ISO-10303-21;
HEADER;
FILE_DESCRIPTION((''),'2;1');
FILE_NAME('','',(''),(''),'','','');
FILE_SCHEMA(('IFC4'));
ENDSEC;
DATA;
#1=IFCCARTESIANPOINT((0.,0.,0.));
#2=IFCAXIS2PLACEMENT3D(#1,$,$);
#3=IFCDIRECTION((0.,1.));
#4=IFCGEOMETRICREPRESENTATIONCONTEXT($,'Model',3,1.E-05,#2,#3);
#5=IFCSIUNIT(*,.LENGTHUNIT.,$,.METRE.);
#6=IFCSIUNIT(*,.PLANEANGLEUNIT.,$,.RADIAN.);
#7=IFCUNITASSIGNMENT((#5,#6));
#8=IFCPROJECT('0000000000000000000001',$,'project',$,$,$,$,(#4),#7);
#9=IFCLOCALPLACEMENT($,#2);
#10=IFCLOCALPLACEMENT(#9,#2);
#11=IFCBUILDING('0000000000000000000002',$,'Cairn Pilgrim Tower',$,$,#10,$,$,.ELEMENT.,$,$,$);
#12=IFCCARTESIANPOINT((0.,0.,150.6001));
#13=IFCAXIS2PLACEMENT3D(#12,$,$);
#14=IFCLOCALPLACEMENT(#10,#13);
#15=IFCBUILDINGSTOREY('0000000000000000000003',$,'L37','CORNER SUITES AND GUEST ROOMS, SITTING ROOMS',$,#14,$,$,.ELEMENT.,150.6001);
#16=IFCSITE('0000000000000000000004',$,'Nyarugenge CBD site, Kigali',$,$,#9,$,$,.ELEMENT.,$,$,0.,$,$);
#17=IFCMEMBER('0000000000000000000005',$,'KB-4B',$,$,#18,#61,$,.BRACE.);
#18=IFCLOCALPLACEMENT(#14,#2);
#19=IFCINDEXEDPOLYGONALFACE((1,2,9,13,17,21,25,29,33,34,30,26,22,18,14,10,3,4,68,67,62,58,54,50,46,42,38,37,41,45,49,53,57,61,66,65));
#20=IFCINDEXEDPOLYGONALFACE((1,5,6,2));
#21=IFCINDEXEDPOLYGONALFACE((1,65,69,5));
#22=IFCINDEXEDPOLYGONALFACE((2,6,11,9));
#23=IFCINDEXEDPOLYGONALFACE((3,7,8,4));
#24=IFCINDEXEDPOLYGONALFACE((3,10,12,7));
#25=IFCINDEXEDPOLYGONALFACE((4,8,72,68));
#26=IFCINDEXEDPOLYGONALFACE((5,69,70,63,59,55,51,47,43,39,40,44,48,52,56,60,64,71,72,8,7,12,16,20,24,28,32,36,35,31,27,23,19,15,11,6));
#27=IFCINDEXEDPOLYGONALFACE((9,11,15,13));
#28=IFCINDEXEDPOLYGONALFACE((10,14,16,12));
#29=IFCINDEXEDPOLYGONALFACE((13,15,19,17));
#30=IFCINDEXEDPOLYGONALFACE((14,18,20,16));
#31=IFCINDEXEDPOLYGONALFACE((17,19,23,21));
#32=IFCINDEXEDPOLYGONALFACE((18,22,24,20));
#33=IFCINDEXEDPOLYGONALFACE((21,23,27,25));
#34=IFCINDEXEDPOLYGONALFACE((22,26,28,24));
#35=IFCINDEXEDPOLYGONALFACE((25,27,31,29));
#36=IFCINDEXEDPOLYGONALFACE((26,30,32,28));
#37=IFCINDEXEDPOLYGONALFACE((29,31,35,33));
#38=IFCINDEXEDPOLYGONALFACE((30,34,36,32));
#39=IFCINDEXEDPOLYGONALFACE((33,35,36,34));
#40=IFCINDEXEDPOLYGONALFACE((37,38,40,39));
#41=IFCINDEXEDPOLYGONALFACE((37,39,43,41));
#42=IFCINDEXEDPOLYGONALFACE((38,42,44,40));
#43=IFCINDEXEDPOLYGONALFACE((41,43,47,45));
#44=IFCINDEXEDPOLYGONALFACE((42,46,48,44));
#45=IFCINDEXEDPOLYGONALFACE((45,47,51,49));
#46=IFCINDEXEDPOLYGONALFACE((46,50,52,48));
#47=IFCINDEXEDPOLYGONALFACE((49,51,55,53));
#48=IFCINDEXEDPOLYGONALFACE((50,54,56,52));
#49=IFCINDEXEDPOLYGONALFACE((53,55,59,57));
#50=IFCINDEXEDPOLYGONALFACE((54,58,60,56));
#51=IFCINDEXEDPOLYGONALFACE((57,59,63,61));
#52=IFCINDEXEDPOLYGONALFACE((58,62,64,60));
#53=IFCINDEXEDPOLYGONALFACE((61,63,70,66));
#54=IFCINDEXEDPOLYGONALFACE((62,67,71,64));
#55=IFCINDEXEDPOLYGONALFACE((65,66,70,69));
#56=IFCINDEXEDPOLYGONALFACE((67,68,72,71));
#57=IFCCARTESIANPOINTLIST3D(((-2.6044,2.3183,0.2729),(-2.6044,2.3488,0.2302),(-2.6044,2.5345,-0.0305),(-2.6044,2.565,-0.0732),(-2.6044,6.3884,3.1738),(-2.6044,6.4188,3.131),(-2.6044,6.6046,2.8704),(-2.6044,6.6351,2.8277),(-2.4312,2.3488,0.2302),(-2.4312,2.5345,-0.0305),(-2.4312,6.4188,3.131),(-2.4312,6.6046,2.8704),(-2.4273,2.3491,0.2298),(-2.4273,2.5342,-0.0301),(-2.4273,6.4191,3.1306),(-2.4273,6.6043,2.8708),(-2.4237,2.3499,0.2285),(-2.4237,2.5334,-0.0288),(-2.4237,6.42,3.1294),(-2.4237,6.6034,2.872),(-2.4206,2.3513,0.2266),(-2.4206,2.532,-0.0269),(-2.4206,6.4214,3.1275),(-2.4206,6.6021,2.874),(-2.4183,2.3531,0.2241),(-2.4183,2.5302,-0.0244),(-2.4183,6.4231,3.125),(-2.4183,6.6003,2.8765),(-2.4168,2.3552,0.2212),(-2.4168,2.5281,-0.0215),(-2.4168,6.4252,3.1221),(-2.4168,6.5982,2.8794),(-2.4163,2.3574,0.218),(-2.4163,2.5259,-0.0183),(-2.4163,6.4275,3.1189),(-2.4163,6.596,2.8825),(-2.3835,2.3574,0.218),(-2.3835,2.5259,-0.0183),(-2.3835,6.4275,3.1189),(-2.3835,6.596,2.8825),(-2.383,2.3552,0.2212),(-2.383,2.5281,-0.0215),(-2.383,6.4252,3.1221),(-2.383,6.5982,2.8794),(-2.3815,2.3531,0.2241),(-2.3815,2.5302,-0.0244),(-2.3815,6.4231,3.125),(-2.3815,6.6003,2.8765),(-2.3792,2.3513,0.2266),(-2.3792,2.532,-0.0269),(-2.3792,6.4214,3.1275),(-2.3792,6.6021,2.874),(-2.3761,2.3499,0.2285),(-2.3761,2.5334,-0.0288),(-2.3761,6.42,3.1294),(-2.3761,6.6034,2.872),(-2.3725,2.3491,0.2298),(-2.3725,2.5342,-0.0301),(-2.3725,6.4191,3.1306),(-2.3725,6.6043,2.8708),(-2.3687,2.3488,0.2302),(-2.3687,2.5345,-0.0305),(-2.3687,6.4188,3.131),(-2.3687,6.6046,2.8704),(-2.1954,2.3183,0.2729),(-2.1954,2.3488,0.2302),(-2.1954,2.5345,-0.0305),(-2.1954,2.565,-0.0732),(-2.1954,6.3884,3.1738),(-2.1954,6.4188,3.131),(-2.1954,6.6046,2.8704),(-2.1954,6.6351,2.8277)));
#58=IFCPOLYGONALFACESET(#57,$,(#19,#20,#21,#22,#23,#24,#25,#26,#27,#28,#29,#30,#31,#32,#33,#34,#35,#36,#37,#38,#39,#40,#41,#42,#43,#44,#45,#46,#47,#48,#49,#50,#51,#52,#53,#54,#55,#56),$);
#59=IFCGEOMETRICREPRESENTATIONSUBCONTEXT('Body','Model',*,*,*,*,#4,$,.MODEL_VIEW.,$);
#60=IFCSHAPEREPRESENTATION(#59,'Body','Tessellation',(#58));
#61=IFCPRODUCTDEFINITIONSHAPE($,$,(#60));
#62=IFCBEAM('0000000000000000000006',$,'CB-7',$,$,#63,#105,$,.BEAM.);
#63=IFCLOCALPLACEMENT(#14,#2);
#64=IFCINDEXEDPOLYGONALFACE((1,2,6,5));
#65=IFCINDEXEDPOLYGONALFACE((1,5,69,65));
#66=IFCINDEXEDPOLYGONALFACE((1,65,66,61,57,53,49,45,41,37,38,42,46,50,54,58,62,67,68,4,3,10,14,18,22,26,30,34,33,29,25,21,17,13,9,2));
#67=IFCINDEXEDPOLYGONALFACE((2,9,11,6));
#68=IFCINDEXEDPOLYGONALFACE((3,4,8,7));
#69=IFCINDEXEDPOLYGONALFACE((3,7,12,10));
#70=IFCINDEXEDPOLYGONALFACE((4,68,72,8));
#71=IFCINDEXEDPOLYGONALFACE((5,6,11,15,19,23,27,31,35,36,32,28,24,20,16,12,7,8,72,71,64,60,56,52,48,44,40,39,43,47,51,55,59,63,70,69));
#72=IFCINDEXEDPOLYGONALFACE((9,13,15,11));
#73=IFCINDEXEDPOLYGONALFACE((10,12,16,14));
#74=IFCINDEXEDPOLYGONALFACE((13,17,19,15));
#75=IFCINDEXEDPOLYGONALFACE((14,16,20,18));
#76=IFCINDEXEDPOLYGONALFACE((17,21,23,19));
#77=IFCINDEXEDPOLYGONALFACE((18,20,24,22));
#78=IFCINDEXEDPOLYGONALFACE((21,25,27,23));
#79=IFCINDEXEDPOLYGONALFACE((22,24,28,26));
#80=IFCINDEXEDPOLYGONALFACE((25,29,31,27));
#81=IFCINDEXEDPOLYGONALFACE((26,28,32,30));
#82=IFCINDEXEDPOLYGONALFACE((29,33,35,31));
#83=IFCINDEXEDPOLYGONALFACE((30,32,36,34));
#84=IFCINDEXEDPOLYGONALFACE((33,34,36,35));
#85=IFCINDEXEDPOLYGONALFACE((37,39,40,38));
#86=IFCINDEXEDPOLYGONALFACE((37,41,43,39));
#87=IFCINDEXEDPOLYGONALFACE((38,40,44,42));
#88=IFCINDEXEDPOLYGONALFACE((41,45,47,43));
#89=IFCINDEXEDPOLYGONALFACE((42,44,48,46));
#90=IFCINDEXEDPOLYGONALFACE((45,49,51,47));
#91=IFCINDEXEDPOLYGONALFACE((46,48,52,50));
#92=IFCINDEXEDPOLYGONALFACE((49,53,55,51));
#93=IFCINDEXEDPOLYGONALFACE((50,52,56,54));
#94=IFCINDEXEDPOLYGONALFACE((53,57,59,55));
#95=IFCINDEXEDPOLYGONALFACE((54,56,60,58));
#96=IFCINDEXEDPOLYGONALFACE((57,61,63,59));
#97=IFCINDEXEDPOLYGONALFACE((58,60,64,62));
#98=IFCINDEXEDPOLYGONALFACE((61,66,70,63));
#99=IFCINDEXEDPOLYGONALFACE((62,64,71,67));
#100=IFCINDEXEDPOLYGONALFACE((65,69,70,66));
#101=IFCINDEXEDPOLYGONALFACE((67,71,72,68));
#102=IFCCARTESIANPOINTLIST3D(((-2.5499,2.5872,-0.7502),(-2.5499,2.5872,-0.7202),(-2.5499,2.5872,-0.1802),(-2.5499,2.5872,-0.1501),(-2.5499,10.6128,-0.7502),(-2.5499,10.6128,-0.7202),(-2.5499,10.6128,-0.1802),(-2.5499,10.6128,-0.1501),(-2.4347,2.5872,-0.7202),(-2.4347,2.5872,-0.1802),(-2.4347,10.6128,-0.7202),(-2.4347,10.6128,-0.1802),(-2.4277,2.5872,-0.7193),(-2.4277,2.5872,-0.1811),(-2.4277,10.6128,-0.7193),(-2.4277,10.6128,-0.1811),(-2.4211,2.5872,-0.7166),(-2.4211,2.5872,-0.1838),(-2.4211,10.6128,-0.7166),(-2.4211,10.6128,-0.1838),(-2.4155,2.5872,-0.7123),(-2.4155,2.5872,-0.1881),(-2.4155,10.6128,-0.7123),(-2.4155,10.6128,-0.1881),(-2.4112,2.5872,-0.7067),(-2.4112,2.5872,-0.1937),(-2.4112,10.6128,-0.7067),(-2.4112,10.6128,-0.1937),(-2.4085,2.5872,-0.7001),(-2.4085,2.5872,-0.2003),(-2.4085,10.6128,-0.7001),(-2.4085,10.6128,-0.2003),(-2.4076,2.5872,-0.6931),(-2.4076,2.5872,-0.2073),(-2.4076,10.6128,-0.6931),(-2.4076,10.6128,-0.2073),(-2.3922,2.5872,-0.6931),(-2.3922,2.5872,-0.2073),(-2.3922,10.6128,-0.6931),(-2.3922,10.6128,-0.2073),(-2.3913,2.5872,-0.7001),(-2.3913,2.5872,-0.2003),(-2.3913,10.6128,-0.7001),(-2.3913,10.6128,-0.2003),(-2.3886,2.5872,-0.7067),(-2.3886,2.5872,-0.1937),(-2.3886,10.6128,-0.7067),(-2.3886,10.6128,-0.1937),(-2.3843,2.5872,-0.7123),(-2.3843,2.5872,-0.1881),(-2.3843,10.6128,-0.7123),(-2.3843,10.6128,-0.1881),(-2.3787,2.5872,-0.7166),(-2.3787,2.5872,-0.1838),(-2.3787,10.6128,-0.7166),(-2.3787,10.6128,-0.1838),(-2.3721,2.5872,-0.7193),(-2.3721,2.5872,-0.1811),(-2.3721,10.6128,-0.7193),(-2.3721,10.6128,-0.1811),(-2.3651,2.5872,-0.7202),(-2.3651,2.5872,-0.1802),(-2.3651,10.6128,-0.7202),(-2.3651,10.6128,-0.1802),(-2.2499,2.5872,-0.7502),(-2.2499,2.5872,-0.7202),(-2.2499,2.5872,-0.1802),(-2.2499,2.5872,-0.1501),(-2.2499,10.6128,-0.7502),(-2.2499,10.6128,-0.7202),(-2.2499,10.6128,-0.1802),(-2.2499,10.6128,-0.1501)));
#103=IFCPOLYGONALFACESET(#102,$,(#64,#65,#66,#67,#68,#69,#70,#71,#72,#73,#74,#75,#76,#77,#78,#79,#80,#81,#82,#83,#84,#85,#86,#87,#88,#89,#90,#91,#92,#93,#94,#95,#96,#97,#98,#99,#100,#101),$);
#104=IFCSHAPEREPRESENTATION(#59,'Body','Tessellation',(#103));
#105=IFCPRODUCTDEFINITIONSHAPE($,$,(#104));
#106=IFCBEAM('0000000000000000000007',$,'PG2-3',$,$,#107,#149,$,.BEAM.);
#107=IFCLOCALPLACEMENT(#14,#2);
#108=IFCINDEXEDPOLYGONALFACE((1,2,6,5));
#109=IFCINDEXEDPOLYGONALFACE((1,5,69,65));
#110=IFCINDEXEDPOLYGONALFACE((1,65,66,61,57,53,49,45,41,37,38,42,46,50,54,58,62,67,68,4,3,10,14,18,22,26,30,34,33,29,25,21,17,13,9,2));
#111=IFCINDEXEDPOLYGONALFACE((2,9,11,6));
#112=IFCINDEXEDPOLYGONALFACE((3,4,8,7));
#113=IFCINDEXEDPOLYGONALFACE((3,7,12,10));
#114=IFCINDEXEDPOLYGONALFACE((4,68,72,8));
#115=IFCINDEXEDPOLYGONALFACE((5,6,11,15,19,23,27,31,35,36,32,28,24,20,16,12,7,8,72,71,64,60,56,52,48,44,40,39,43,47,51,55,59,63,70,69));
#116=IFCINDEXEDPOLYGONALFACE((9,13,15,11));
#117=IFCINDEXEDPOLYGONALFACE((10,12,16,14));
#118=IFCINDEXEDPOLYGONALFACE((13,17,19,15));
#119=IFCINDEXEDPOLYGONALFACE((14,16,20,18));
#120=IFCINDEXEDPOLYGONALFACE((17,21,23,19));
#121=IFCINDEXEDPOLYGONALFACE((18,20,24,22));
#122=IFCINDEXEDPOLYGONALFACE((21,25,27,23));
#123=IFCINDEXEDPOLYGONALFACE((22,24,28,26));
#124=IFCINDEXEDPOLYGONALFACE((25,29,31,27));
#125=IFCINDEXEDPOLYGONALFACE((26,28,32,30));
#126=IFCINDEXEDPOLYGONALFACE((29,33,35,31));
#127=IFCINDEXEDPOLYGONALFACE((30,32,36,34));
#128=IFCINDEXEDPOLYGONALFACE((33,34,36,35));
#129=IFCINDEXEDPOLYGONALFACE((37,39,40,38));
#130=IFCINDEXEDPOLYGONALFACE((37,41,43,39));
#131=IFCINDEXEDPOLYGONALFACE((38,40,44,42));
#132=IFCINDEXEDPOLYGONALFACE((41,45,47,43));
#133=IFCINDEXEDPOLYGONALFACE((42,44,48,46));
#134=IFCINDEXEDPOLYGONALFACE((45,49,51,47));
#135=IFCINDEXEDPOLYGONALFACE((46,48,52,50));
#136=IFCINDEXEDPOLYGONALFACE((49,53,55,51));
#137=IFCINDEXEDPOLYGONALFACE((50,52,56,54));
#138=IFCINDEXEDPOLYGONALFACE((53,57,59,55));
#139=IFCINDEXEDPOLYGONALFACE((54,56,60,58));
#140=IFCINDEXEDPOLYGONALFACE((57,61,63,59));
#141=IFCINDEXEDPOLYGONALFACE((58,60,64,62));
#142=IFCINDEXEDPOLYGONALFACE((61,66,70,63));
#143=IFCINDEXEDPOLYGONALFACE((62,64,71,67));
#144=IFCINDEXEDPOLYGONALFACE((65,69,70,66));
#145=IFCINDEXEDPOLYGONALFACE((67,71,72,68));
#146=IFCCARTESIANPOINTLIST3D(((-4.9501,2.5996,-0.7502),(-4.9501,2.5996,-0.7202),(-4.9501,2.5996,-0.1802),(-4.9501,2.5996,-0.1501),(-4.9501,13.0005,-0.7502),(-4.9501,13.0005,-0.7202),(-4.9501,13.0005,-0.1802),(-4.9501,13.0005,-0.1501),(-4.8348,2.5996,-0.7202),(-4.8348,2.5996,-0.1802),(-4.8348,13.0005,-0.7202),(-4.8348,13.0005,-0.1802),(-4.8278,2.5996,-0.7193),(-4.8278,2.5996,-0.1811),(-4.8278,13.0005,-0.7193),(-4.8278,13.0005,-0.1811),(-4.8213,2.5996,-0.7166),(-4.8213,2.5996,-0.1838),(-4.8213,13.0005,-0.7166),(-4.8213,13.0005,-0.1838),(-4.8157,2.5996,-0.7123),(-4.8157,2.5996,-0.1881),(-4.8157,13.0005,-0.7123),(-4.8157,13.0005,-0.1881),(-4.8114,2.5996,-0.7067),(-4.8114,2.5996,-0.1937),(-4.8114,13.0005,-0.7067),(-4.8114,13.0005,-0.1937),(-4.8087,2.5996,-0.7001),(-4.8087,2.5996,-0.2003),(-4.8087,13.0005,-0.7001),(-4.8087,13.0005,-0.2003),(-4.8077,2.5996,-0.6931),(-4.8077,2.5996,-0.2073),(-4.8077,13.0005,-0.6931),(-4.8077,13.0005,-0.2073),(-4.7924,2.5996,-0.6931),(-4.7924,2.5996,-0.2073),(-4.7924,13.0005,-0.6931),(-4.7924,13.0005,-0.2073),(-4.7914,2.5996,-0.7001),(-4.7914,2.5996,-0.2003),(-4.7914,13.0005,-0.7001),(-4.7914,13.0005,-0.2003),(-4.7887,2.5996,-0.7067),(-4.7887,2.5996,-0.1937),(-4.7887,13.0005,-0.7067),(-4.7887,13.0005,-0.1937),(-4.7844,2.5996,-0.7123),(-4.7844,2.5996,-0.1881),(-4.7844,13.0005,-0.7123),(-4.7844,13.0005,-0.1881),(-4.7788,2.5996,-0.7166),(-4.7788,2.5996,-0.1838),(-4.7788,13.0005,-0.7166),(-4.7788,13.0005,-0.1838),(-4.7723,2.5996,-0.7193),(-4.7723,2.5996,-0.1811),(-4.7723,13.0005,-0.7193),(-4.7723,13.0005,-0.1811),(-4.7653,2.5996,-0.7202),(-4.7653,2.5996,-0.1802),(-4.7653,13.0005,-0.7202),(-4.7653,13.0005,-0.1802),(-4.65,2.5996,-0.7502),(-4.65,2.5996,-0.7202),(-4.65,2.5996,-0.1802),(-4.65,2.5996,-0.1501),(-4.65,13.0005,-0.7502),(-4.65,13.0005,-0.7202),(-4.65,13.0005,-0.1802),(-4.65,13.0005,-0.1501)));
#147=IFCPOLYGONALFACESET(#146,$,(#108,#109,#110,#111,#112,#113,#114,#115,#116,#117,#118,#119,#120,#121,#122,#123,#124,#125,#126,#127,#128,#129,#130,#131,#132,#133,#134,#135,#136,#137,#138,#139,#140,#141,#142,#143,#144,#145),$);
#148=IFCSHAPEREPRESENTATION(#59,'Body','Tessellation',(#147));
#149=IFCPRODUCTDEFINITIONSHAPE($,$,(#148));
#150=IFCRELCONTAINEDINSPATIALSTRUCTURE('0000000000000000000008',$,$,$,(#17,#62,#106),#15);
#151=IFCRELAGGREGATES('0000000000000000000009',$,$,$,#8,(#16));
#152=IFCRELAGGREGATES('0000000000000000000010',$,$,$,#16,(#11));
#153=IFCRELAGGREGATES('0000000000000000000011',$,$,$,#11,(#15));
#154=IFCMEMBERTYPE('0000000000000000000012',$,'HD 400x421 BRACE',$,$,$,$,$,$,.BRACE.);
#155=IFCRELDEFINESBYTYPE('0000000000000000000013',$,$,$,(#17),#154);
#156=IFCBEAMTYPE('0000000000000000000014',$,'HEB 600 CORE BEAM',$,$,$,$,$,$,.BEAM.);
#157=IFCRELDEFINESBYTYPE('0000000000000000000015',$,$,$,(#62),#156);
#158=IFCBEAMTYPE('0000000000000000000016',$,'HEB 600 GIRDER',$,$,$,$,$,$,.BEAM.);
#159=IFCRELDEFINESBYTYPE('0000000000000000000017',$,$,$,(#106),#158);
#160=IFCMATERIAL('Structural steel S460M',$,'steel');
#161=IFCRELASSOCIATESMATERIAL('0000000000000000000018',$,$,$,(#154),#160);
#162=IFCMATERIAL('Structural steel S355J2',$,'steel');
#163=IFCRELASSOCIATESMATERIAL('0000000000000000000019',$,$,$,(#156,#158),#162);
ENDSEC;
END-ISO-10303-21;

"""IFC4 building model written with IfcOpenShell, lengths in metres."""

from ifc_helpers import new_model, si_unit, direction, frame, origin, origin_2d, place, context, subcontext, project, spatial, i_section, extrude, material, material_profile, profile_set, type_object, element, save


model = new_model("IFC4")

# Units and contexts
model_context = context("Model", 3, precision=1e-05, world=origin(), true_north=direction((0.0, 1.0)))
body_context = subcontext(model_context, "Body", "Model", "MODEL_VIEW")
ifc_project = project(units=[si_unit("LENGTHUNIT", "METRE"), si_unit("PLANEANGLEUNIT", "RADIAN")], contexts=[model_context])

# Site, building, storey
site_placement = place(None, origin())
site = spatial("IfcSite", under=ifc_project, at=site_placement, Name="Nyarugenge CBD site, Kigali", CompositionType="ELEMENT", RefElevation=0.0)
building_placement = place(site_placement, origin())
building = spatial("IfcBuilding", under=site, at=building_placement, Name="Cairn Pilgrim Tower", CompositionType="ELEMENT")
storey_placement = place(building_placement, frame((0.0, 0.0, 150.6001)))
storey = spatial("IfcBuildingStorey", under=building, at=storey_placement, Name="L37", Description="CORNER SUITES AND GUEST ROOMS, SITTING ROOMS", CompositionType="ELEMENT", Elevation=150.6001)

# Shared definitions
ifc_material_1 = material(Name="Structural steel S355J2", Category="steel")
ifc_material_2 = material(Name="Structural steel S460M", Category="steel")

# Member
ifc_material_profile_1 = material_profile(ifc_material_2, i_section(OverallWidth=0.4089, OverallDepth=0.425, WebThickness=0.0327, FlangeThickness=0.0525, FilletRadius=0.0149, at=origin_2d()), Name="HD 400x421")
ifc_profile_set_1 = profile_set([ifc_material_profile_1], Name="Structural steel S460M")
member_type = type_object("IfcMemberType", Name="HD 400x421 BRACE", PredefinedType="BRACE", material=ifc_profile_set_1)
for number, where, z_axis, x_axis, name in (
    (1, (-2.3999, 2.4417, 0.0999), (0.0, 0.81433, 0.580402), (-1.0, 0.0, 0.0), "KB-4B"),
):
    element("IfcMember", number, at=place(storey_placement, frame(where, z_axis=z_axis, x_axis=x_axis)), inside=storey, type_object=member_type, Name=name, PredefinedType="BRACE", context=body_context, shape_type="SweptSolid", body=[
        extrude(i_section(OverallWidth=0.4089, OverallDepth=0.425, WebThickness=0.0327, FlangeThickness=0.0525, FilletRadius=0.0149, at=origin_2d()), origin(), (0.0, 0.0, 1.0), 4.998),
    ])

# Beams
ifc_material_profile_2 = material_profile(ifc_material_1, i_section(OverallWidth=0.3, OverallDepth=0.6001, WebThickness=0.0154, FlangeThickness=0.03, FilletRadius=0.0271, at=origin_2d()), Name="HEB 600")
ifc_profile_set_2 = profile_set([ifc_material_profile_2], Name="Structural steel S355J2")
beam_type_1 = type_object("IfcBeamType", Name="HEB 600 CORE BEAM", PredefinedType="BEAM", material=ifc_profile_set_2)
beam_1_placement = place(storey_placement, frame((-2.3999, 10.6128, -0.4502), z_axis=(0.0, -1.0, 0.0), x_axis=(1.0, 0.0, 0.0)))
element("IfcBeam", 2, at=beam_1_placement, inside=storey, type_object=beam_type_1, Name="CB-7", PredefinedType="BEAM", context=body_context, shape_type="SweptSolid", body=[
    extrude(i_section(OverallWidth=0.3, OverallDepth=0.6001, WebThickness=0.0154, FlangeThickness=0.03, FilletRadius=0.0271, at=origin_2d()), origin(), (0.0, 0.0, 1.0), 8.0256),
])
ifc_material_profile_3 = material_profile(ifc_material_1, i_section(OverallWidth=0.3, OverallDepth=0.6001, WebThickness=0.0154, FlangeThickness=0.03, FilletRadius=0.0271, at=origin_2d()), Name="HEB 600")
ifc_profile_set_3 = profile_set([ifc_material_profile_3], Name="Structural steel S355J2")
beam_type_2 = type_object("IfcBeamType", Name="HEB 600 GIRDER", PredefinedType="BEAM", material=ifc_profile_set_3)
beam_2_placement = place(storey_placement, frame((-4.8, 2.5996, -0.4502), z_axis=(0.0, 1.0, 0.0), x_axis=(-1.0, 0.0, 0.0)))
element("IfcBeam", 3, at=beam_2_placement, inside=storey, type_object=beam_type_2, Name="PG2-3", PredefinedType="BEAM", context=body_context, shape_type="SweptSolid", body=[
    extrude(i_section(OverallWidth=0.3, OverallDepth=0.6001, WebThickness=0.0154, FlangeThickness=0.03, FilletRadius=0.0271, at=origin_2d()), origin(), (0.0, 0.0, 1.0), 10.4009),
])

save(model, "model.ifc")
